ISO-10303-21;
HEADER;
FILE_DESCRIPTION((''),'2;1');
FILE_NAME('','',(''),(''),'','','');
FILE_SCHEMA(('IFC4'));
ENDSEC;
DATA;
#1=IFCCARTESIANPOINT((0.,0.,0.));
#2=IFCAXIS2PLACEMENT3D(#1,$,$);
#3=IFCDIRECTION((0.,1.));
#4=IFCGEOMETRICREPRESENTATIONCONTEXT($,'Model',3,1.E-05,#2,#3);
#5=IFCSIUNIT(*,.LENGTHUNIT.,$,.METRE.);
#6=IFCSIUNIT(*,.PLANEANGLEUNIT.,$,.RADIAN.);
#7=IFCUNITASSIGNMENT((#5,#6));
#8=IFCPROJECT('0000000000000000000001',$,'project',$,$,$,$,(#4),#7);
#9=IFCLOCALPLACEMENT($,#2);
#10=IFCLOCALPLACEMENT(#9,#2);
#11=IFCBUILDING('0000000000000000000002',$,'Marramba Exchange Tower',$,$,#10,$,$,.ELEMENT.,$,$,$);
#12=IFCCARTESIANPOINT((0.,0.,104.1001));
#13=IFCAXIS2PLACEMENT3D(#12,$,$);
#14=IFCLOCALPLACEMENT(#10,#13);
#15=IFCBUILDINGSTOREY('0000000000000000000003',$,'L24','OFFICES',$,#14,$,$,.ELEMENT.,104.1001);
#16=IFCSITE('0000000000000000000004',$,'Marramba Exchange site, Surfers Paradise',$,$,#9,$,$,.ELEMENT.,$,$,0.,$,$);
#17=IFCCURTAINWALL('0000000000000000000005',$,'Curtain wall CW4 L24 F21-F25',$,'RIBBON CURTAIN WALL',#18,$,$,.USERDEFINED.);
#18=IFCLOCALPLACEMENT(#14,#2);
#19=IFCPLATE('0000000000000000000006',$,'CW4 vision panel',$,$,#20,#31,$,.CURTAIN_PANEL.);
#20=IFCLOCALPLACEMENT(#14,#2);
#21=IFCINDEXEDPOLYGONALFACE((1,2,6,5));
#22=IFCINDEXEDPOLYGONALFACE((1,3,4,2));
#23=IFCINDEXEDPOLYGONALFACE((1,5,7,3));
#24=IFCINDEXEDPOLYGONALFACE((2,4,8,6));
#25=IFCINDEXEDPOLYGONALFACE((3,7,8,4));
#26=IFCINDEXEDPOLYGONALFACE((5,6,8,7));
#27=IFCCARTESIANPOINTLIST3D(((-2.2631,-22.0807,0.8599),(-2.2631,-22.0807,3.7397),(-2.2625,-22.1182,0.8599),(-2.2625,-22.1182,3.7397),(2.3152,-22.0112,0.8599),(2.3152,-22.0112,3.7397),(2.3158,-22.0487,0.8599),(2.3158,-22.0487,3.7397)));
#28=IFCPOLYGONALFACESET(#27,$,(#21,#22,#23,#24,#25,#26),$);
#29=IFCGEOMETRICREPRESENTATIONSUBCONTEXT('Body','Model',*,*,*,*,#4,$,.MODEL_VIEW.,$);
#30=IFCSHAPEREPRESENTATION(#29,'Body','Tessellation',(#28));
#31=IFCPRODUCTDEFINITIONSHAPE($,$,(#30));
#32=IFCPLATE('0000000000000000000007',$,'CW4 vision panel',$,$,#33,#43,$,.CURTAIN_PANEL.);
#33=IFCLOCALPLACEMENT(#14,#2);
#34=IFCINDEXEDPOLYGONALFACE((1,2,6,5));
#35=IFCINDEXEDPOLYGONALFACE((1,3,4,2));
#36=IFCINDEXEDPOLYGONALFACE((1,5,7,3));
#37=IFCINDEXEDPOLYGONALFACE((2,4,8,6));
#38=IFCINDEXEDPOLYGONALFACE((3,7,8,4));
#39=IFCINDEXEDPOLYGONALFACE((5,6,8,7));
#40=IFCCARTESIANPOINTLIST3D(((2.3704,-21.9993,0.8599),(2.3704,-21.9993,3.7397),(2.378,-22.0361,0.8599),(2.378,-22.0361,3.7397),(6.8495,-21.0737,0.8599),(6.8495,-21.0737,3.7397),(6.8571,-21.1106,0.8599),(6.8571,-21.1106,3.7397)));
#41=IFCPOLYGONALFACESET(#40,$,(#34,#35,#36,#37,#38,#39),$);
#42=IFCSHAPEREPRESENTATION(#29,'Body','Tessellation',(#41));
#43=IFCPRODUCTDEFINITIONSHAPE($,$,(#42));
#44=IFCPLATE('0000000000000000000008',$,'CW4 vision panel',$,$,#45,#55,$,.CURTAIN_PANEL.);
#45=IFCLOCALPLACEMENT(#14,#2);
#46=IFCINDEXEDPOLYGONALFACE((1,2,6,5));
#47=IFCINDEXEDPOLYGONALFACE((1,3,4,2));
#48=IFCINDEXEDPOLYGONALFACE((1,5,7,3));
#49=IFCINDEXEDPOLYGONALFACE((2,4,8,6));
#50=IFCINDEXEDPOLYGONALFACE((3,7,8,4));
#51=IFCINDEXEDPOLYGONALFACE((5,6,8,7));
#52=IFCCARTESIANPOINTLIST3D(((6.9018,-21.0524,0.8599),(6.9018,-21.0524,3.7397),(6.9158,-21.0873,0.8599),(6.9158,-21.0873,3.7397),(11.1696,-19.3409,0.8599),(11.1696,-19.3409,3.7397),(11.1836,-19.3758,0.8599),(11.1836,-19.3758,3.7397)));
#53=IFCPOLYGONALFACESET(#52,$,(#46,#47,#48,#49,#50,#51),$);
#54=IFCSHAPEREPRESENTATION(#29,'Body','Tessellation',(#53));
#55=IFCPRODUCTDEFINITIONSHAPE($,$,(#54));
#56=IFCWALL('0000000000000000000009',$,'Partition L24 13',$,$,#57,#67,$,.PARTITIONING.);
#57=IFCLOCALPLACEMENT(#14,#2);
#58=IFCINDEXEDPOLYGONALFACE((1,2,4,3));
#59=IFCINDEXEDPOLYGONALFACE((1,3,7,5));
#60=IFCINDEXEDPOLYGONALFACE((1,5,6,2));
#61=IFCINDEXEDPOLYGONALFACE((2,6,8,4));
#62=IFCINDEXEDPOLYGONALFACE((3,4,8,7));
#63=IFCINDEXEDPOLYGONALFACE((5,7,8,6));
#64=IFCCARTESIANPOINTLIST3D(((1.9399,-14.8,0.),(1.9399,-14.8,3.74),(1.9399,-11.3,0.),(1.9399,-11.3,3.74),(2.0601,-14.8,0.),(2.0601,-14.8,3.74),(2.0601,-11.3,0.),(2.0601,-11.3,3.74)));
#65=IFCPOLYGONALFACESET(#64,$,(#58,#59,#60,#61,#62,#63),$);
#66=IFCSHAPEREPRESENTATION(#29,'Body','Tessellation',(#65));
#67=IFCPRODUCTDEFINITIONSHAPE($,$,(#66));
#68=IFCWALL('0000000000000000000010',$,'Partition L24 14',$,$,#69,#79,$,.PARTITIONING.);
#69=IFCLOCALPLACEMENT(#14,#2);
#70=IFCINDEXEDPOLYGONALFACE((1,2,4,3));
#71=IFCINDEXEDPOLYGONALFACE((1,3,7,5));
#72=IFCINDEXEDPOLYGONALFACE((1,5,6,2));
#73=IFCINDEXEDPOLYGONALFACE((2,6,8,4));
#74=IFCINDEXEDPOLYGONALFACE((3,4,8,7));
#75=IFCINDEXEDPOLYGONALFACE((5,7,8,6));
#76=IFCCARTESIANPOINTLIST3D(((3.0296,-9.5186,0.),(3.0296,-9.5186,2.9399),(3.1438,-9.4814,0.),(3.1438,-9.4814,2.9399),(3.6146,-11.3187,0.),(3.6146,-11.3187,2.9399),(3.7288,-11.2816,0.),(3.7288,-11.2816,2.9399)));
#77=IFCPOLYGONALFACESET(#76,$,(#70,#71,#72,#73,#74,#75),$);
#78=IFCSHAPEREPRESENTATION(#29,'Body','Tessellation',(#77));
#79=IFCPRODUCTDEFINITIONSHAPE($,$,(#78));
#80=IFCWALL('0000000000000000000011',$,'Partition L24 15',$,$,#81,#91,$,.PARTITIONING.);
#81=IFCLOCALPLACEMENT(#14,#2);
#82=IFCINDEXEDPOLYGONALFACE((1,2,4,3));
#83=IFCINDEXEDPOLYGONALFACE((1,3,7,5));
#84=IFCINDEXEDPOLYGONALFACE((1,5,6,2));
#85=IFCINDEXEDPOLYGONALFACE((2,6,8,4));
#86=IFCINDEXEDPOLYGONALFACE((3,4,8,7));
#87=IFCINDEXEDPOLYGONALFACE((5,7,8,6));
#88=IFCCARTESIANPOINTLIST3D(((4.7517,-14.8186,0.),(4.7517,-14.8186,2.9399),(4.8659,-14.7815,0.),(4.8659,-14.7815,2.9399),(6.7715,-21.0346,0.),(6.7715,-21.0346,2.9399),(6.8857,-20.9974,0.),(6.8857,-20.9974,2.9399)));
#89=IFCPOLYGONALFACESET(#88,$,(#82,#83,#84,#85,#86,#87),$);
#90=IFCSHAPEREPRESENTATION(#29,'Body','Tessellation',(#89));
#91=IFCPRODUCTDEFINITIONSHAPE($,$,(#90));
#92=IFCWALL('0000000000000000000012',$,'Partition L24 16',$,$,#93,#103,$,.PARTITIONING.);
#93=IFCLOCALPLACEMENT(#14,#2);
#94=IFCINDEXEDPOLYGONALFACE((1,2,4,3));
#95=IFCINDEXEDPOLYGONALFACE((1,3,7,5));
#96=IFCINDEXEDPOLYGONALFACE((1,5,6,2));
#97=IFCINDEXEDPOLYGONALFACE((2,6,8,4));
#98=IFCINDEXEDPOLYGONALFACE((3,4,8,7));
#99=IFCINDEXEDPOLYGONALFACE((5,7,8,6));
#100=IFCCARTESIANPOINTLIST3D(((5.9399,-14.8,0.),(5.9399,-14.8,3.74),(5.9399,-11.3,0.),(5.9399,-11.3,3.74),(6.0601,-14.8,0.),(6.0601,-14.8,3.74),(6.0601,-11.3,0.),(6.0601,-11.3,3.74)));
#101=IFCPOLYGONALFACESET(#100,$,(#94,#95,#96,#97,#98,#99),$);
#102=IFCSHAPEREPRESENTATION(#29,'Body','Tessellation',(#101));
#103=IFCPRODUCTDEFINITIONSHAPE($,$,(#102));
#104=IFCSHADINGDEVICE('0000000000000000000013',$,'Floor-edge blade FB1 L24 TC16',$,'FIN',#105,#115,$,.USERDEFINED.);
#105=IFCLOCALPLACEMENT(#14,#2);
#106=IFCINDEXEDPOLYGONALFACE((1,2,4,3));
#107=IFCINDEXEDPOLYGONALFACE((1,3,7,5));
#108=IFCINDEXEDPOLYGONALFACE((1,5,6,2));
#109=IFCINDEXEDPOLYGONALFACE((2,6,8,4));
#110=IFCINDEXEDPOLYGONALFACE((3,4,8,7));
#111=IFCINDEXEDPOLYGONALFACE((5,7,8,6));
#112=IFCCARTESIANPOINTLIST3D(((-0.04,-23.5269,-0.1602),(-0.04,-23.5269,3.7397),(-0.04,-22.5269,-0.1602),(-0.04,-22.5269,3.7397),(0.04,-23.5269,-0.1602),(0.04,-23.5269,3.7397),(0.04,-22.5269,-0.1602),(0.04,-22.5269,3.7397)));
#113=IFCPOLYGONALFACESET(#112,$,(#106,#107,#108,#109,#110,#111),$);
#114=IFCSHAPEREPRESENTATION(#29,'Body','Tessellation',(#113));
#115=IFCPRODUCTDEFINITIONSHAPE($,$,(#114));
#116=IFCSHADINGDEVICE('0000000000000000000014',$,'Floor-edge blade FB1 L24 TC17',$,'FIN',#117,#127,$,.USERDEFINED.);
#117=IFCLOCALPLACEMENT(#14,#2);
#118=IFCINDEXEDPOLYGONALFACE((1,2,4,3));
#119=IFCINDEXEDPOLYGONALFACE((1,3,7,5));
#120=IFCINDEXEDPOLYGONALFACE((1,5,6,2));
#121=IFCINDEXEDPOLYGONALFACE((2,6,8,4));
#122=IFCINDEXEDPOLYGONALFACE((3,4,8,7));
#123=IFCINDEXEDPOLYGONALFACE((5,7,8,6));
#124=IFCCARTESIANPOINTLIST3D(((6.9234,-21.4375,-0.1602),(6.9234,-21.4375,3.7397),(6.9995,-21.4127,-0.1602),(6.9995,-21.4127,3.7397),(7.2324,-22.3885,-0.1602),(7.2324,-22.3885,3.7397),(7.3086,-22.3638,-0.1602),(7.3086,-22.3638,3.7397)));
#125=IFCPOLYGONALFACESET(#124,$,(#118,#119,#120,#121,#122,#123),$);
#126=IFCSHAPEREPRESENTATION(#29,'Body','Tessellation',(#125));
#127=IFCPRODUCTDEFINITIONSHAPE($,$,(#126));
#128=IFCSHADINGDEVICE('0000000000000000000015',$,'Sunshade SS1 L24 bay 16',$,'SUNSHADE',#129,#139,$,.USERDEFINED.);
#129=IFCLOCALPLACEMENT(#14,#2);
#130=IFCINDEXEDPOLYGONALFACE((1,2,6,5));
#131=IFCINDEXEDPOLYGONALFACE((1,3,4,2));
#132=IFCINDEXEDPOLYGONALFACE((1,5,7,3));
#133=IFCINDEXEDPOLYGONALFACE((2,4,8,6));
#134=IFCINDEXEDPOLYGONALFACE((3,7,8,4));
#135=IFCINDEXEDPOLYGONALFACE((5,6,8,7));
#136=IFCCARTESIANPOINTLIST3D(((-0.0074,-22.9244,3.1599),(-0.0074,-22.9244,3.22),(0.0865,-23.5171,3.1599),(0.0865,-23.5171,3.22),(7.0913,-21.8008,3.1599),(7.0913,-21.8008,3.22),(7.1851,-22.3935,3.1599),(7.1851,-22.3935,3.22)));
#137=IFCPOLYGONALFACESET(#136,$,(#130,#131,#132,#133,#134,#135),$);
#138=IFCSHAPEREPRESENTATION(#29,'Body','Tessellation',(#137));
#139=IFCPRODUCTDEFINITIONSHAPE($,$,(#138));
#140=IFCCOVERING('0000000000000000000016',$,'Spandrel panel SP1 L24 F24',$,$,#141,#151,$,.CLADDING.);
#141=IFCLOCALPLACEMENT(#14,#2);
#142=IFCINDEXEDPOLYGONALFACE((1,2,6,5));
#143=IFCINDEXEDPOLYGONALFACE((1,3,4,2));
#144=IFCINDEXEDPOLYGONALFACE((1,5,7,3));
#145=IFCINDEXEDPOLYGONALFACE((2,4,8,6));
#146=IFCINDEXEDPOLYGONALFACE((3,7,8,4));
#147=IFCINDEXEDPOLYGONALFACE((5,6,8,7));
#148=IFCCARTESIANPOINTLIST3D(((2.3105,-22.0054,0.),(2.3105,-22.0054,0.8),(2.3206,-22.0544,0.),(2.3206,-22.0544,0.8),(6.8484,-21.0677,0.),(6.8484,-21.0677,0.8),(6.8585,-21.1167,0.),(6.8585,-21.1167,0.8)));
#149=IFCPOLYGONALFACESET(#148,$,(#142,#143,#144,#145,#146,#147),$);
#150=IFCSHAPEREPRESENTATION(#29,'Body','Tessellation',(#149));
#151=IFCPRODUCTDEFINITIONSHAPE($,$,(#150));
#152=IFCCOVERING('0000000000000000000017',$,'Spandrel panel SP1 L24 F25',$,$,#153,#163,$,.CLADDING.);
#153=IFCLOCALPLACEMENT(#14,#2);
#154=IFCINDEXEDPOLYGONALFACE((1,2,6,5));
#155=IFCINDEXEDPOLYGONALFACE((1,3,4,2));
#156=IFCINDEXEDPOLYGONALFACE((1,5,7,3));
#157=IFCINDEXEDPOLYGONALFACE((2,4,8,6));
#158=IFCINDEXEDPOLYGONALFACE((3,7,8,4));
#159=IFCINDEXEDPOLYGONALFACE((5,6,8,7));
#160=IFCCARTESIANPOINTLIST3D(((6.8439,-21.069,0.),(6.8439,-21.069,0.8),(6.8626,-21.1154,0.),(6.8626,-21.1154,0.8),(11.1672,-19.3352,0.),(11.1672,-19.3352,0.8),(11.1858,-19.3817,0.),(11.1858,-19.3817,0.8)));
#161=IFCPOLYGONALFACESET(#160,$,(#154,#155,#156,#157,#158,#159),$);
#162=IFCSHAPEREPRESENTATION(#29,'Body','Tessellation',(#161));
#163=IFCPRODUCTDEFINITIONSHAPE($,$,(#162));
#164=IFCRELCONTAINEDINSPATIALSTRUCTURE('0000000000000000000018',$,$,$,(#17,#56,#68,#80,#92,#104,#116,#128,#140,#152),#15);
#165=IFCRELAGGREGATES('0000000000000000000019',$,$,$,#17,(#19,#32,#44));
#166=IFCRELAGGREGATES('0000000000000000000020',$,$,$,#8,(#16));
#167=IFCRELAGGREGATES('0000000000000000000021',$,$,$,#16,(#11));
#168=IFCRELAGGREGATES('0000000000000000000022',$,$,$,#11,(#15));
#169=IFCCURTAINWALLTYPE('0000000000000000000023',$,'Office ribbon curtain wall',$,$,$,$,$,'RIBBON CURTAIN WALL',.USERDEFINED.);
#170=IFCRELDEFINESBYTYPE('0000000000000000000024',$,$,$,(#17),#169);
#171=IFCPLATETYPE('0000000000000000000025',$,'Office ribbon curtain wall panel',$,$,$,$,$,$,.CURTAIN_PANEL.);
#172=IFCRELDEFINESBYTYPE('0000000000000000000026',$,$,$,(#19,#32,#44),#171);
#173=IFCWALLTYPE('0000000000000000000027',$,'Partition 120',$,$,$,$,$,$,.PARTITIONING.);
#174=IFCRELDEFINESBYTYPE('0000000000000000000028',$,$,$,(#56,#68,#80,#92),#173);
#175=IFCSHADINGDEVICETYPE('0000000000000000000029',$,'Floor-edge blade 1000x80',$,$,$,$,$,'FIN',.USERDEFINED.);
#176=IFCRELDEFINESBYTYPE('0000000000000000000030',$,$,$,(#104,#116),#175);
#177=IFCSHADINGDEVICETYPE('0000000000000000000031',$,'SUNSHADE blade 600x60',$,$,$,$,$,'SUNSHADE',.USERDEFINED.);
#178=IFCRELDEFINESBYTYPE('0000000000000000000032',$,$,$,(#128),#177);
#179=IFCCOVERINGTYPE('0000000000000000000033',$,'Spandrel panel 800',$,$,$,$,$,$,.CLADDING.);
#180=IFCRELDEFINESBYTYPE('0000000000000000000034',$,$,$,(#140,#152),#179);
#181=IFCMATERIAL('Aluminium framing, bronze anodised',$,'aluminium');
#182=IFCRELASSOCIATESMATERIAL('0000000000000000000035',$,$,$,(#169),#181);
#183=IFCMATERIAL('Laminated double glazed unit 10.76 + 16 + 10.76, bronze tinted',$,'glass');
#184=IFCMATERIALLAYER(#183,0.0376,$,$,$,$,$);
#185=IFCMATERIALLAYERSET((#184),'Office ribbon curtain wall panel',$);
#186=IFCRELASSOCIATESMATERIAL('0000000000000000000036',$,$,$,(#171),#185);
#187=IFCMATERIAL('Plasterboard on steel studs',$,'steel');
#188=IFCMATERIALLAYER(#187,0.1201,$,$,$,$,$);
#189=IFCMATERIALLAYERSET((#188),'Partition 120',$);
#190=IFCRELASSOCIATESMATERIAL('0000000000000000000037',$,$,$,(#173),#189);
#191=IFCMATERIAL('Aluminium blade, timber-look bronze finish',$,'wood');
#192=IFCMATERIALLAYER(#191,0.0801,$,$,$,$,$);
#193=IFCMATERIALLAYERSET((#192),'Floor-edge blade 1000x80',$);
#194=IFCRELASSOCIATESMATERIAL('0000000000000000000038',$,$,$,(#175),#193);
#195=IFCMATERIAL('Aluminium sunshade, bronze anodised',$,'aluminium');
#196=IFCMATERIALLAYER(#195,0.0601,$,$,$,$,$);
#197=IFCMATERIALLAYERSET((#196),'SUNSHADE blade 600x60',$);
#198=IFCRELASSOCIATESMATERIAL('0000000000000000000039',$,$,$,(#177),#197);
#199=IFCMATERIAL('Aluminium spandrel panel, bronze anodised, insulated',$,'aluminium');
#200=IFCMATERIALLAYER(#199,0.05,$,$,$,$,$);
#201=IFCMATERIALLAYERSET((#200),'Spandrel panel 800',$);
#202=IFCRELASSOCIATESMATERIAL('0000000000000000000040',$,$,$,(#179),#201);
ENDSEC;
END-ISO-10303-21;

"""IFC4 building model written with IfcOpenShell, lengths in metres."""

from ifc_helpers import new_model, si_unit, direction, frame, frame_2d, origin, origin_2d, place, context, subcontext, project, spatial, rectangle, extrude, material, layer, layer_set, type_object, element, aggregate, save


model = new_model("IFC4")

# Units and contexts
model_context = context("Model", 3, precision=1e-05, world=origin(), true_north=direction((0.0, 1.0)))
body_context = subcontext(model_context, "Body", "Model", "MODEL_VIEW")
ifc_project = project(units=[si_unit("LENGTHUNIT", "METRE"), si_unit("PLANEANGLEUNIT", "RADIAN")], contexts=[model_context])

# Site, building, storey
site_placement = place(None, origin())
site = spatial("IfcSite", under=ifc_project, at=site_placement, Name="Marramba Exchange site, Surfers Paradise", CompositionType="ELEMENT", RefElevation=0.0)
building_placement = place(site_placement, origin())
building = spatial("IfcBuilding", under=site, at=building_placement, Name="Marramba Exchange Tower", CompositionType="ELEMENT")
storey_placement = place(building_placement, frame((0.0, 0.0, 104.1001)))
storey = spatial("IfcBuildingStorey", under=building, at=storey_placement, Name="L24", Description="OFFICES", CompositionType="ELEMENT", Elevation=104.1001)

# Curtain wall
ifc_material_1 = material(Name="Aluminium framing, bronze anodised", Category="aluminium")
curtain_wall_type = type_object("IfcCurtainWallType", Name="Office ribbon curtain wall", ElementType="RIBBON CURTAIN WALL", PredefinedType="USERDEFINED", material=ifc_material_1)
curtain_wall_placement = place(storey_placement, origin())
curtain_wall = element("IfcCurtainWall", 1, at=curtain_wall_placement, inside=storey, type_object=curtain_wall_type, Name="Curtain wall CW4 L24 F21-F25", ObjectType="RIBBON CURTAIN WALL", PredefinedType="USERDEFINED")

# Plates
ifc_material_2 = material(Name="Laminated double glazed unit 10.76 + 16 + 10.76, bronze tinted", Category="glass")
ifc_layer_1 = layer(ifc_material_2, 0.0376)
ifc_layer_set_1 = layer_set([ifc_layer_1], Name="Office ribbon curtain wall panel")
plate_type = type_object("IfcPlateType", Name="Office ribbon curtain wall panel", PredefinedType="CURTAIN_PANEL", material=ifc_layer_set_1)
plate_1_placement = place(storey_placement, frame((0.0264, -22.0647, 0.8599), z_axis=(0.0, 0.0, 1.0), x_axis=(0.999885, 0.015179, 0.0)))
plate_1 = element("IfcPlate", 2, at=plate_1_placement, type_object=plate_type, Name="CW4 vision panel", PredefinedType="CURTAIN_PANEL", context=body_context, shape_type="SweptSolid", body=[
    extrude(rectangle(XDim=4.5789, YDim=0.0376, at=origin_2d()), origin(), (0.0, 0.0, 1.0), 2.8799),
])
plate_2_placement = place(storey_placement, frame((4.6138, -21.5549, 0.8599), z_axis=(0.0, 0.0, 1.0), x_axis=(0.97931, 0.202365, 0.0)))
plate_2 = element("IfcPlate", 3, at=plate_2_placement, type_object=plate_type, Name="CW4 vision panel", PredefinedType="CURTAIN_PANEL", context=body_context, shape_type="SweptSolid", body=[
    extrude(rectangle(XDim=4.5737, YDim=0.0376, at=origin_2d()), origin(), (0.0, 0.0, 1.0), 2.8799),
])
plate_3_placement = place(storey_placement, frame((9.0427, -20.2141, 0.8599), z_axis=(0.0, 0.0, 1.0), x_axis=(0.928149, 0.372209, 0.0)))
plate_3 = element("IfcPlate", 4, at=plate_3_placement, type_object=plate_type, Name="CW4 vision panel", PredefinedType="CURTAIN_PANEL", context=body_context, shape_type="SweptSolid", body=[
    extrude(rectangle(XDim=4.5981, YDim=0.0376, at=origin_2d()), origin(), (0.0, 0.0, 1.0), 2.8799),
])
aggregate(curtain_wall, [plate_1, plate_2, plate_3])

# Walls
ifc_material_3 = material(Name="Plasterboard on steel studs", Category="steel")
ifc_layer_2 = layer(ifc_material_3, 0.1201)
ifc_layer_set_2 = layer_set([ifc_layer_2], Name="Partition 120")
wall_type = type_object("IfcWallType", Name="Partition 120", PredefinedType="PARTITIONING", material=ifc_layer_set_2)
wall_1_placement = place(storey_placement, frame((2.0, -11.3, 0.0), z_axis=(0.0, 0.0, 1.0), x_axis=(0.0, -1.0, 0.0)))
element("IfcWall", 5, at=wall_1_placement, inside=storey, type_object=wall_type, Name="Partition L24 13", PredefinedType="PARTITIONING", context=body_context, shape_type="SweptSolid", body=[
    extrude(rectangle(XDim=3.5, YDim=0.1201, at=frame_2d((1.75, 0.0))), origin(), (0.0, 0.0, 1.0), 3.74),
])
wall_2_placement = place(storey_placement, frame((3.6716, -11.3, 0.0), z_axis=(0.0, 0.0, 1.0), x_axis=(-0.30906, 0.951043, 0.0)))
element("IfcWall", 6, at=wall_2_placement, inside=storey, type_object=wall_type, Name="Partition L24 14", PredefinedType="PARTITIONING", context=body_context, shape_type="SweptSolid", body=[
    extrude(rectangle(XDim=1.8928, YDim=0.1201, at=frame_2d((0.9463, 0.0))), origin(), (0.0, 0.0, 1.0), 2.9399),
])
wall_3_placement = place(storey_placement, frame((6.8286, -21.0161, 0.0), z_axis=(0.0, 0.0, 1.0), x_axis=(-0.309024, 0.951054, 0.0)))
element("IfcWall", 7, at=wall_3_placement, inside=storey, type_object=wall_type, Name="Partition L24 15", PredefinedType="PARTITIONING", context=body_context, shape_type="SweptSolid", body=[
    extrude(rectangle(XDim=6.5359, YDim=0.1201, at=frame_2d((3.2681, 0.0))), origin(), (0.0, 0.0, 1.0), 2.9399),
])
wall_4_placement = place(storey_placement, frame((6.0, -14.8, 0.0), z_axis=(0.0, 0.0, 1.0), x_axis=(0.0, 1.0, 0.0)))
element("IfcWall", 8, at=wall_4_placement, inside=storey, type_object=wall_type, Name="Partition L24 16", PredefinedType="PARTITIONING", context=body_context, shape_type="SweptSolid", body=[
    extrude(rectangle(XDim=3.5, YDim=0.1201, at=frame_2d((1.75, 0.0))), origin(), (0.0, 0.0, 1.0), 3.74),
])

# Shading devices
ifc_material_4 = material(Name="Aluminium blade, timber-look bronze finish", Category="wood")
ifc_layer_3 = layer(ifc_material_4, 0.0801)
ifc_layer_set_3 = layer_set([ifc_layer_3], Name="Floor-edge blade 1000x80")
shading_device_type_1 = type_object("IfcShadingDeviceType", Name="Floor-edge blade 1000x80", ElementType="FIN", PredefinedType="USERDEFINED", material=ifc_layer_set_3)
for number, where, z_axis, x_axis, name in (
    (9, (0.0, -23.0269, -0.1602), (0.0, 0.0, 1.0), (0.0, -1.0, 0.0), "Floor-edge blade FB1 L24 TC16"),
    (10, (7.116, -21.9006, -0.1602), (0.0, 0.0, 1.0), (0.309017, -0.951057, 0.0), "Floor-edge blade FB1 L24 TC17"),
):
    element("IfcShadingDevice", number, at=place(storey_placement, frame(where, z_axis=z_axis, x_axis=x_axis)), inside=storey, type_object=shading_device_type_1, Name=name, ObjectType="FIN", PredefinedType="USERDEFINED", context=body_context, shape_type="SweptSolid", body=[
        extrude(rectangle(XDim=1.0, YDim=0.0801, at=origin_2d()), origin(), (0.0, 0.0, 1.0), 3.8999),
    ])
ifc_material_5 = material(Name="Aluminium sunshade, bronze anodised", Category="aluminium")
ifc_layer_4 = layer(ifc_material_5, 0.0601)
ifc_layer_set_4 = layer_set([ifc_layer_4], Name="SUNSHADE blade 600x60")
shading_device_type_2 = type_object("IfcShadingDeviceType", Name="SUNSHADE blade 600x60", ElementType="SUNSHADE", PredefinedType="USERDEFINED", material=ifc_layer_set_4)
shading_device_placement = place(storey_placement, frame((3.5889, -22.6589, 3.1599), z_axis=(0.0, 0.0, 1.0), x_axis=(0.987705, 0.15633, 0.0)))
element("IfcShadingDevice", 11, at=shading_device_placement, inside=storey, type_object=shading_device_type_2, Name="Sunshade SS1 L24 bay 16", ObjectType="SUNSHADE", PredefinedType="USERDEFINED", context=body_context, shape_type="SweptSolid", body=[
    extrude(rectangle(XDim=7.187, YDim=0.6001, at=origin_2d()), origin(), (0.0, 0.0, 1.0), 0.0601),
])

# Coverings
ifc_material_6 = material(Name="Aluminium spandrel panel, bronze anodised, insulated", Category="aluminium")
ifc_layer_5 = layer(ifc_material_6, 0.05)
ifc_layer_set_5 = layer_set([ifc_layer_5], Name="Spandrel panel 800")
covering_type = type_object("IfcCoveringType", Name="Spandrel panel 800", PredefinedType="CLADDING", material=ifc_layer_set_5)
covering_1_placement = place(storey_placement, frame((4.5845, -21.561, 0.0), z_axis=(0.0, 0.0, 1.0), x_axis=(0.97931, 0.202365, 0.0)))
element("IfcCovering", 12, at=covering_1_placement, inside=storey, type_object=covering_type, Name="Spandrel panel SP1 L24 F24", PredefinedType="CLADDING", context=body_context, shape_type="SweptSolid", body=[
    extrude(rectangle(XDim=4.6338, YDim=0.05, at=origin_2d()), origin(), (0.0, 0.0, 1.0), 0.8),
])
covering_2_placement = place(storey_placement, frame((9.0149, -20.2253, 0.0), z_axis=(0.0, 0.0, 1.0), x_axis=(0.928149, 0.372209, 0.0)))
element("IfcCovering", 13, at=covering_2_placement, inside=storey, type_object=covering_type, Name="Spandrel panel SP1 L24 F25", PredefinedType="CLADDING", context=body_context, shape_type="SweptSolid", body=[
    extrude(rectangle(XDim=4.658, YDim=0.05, at=origin_2d()), origin(), (0.0, 0.0, 1.0), 0.8),
])

save(model, "model.ifc")
